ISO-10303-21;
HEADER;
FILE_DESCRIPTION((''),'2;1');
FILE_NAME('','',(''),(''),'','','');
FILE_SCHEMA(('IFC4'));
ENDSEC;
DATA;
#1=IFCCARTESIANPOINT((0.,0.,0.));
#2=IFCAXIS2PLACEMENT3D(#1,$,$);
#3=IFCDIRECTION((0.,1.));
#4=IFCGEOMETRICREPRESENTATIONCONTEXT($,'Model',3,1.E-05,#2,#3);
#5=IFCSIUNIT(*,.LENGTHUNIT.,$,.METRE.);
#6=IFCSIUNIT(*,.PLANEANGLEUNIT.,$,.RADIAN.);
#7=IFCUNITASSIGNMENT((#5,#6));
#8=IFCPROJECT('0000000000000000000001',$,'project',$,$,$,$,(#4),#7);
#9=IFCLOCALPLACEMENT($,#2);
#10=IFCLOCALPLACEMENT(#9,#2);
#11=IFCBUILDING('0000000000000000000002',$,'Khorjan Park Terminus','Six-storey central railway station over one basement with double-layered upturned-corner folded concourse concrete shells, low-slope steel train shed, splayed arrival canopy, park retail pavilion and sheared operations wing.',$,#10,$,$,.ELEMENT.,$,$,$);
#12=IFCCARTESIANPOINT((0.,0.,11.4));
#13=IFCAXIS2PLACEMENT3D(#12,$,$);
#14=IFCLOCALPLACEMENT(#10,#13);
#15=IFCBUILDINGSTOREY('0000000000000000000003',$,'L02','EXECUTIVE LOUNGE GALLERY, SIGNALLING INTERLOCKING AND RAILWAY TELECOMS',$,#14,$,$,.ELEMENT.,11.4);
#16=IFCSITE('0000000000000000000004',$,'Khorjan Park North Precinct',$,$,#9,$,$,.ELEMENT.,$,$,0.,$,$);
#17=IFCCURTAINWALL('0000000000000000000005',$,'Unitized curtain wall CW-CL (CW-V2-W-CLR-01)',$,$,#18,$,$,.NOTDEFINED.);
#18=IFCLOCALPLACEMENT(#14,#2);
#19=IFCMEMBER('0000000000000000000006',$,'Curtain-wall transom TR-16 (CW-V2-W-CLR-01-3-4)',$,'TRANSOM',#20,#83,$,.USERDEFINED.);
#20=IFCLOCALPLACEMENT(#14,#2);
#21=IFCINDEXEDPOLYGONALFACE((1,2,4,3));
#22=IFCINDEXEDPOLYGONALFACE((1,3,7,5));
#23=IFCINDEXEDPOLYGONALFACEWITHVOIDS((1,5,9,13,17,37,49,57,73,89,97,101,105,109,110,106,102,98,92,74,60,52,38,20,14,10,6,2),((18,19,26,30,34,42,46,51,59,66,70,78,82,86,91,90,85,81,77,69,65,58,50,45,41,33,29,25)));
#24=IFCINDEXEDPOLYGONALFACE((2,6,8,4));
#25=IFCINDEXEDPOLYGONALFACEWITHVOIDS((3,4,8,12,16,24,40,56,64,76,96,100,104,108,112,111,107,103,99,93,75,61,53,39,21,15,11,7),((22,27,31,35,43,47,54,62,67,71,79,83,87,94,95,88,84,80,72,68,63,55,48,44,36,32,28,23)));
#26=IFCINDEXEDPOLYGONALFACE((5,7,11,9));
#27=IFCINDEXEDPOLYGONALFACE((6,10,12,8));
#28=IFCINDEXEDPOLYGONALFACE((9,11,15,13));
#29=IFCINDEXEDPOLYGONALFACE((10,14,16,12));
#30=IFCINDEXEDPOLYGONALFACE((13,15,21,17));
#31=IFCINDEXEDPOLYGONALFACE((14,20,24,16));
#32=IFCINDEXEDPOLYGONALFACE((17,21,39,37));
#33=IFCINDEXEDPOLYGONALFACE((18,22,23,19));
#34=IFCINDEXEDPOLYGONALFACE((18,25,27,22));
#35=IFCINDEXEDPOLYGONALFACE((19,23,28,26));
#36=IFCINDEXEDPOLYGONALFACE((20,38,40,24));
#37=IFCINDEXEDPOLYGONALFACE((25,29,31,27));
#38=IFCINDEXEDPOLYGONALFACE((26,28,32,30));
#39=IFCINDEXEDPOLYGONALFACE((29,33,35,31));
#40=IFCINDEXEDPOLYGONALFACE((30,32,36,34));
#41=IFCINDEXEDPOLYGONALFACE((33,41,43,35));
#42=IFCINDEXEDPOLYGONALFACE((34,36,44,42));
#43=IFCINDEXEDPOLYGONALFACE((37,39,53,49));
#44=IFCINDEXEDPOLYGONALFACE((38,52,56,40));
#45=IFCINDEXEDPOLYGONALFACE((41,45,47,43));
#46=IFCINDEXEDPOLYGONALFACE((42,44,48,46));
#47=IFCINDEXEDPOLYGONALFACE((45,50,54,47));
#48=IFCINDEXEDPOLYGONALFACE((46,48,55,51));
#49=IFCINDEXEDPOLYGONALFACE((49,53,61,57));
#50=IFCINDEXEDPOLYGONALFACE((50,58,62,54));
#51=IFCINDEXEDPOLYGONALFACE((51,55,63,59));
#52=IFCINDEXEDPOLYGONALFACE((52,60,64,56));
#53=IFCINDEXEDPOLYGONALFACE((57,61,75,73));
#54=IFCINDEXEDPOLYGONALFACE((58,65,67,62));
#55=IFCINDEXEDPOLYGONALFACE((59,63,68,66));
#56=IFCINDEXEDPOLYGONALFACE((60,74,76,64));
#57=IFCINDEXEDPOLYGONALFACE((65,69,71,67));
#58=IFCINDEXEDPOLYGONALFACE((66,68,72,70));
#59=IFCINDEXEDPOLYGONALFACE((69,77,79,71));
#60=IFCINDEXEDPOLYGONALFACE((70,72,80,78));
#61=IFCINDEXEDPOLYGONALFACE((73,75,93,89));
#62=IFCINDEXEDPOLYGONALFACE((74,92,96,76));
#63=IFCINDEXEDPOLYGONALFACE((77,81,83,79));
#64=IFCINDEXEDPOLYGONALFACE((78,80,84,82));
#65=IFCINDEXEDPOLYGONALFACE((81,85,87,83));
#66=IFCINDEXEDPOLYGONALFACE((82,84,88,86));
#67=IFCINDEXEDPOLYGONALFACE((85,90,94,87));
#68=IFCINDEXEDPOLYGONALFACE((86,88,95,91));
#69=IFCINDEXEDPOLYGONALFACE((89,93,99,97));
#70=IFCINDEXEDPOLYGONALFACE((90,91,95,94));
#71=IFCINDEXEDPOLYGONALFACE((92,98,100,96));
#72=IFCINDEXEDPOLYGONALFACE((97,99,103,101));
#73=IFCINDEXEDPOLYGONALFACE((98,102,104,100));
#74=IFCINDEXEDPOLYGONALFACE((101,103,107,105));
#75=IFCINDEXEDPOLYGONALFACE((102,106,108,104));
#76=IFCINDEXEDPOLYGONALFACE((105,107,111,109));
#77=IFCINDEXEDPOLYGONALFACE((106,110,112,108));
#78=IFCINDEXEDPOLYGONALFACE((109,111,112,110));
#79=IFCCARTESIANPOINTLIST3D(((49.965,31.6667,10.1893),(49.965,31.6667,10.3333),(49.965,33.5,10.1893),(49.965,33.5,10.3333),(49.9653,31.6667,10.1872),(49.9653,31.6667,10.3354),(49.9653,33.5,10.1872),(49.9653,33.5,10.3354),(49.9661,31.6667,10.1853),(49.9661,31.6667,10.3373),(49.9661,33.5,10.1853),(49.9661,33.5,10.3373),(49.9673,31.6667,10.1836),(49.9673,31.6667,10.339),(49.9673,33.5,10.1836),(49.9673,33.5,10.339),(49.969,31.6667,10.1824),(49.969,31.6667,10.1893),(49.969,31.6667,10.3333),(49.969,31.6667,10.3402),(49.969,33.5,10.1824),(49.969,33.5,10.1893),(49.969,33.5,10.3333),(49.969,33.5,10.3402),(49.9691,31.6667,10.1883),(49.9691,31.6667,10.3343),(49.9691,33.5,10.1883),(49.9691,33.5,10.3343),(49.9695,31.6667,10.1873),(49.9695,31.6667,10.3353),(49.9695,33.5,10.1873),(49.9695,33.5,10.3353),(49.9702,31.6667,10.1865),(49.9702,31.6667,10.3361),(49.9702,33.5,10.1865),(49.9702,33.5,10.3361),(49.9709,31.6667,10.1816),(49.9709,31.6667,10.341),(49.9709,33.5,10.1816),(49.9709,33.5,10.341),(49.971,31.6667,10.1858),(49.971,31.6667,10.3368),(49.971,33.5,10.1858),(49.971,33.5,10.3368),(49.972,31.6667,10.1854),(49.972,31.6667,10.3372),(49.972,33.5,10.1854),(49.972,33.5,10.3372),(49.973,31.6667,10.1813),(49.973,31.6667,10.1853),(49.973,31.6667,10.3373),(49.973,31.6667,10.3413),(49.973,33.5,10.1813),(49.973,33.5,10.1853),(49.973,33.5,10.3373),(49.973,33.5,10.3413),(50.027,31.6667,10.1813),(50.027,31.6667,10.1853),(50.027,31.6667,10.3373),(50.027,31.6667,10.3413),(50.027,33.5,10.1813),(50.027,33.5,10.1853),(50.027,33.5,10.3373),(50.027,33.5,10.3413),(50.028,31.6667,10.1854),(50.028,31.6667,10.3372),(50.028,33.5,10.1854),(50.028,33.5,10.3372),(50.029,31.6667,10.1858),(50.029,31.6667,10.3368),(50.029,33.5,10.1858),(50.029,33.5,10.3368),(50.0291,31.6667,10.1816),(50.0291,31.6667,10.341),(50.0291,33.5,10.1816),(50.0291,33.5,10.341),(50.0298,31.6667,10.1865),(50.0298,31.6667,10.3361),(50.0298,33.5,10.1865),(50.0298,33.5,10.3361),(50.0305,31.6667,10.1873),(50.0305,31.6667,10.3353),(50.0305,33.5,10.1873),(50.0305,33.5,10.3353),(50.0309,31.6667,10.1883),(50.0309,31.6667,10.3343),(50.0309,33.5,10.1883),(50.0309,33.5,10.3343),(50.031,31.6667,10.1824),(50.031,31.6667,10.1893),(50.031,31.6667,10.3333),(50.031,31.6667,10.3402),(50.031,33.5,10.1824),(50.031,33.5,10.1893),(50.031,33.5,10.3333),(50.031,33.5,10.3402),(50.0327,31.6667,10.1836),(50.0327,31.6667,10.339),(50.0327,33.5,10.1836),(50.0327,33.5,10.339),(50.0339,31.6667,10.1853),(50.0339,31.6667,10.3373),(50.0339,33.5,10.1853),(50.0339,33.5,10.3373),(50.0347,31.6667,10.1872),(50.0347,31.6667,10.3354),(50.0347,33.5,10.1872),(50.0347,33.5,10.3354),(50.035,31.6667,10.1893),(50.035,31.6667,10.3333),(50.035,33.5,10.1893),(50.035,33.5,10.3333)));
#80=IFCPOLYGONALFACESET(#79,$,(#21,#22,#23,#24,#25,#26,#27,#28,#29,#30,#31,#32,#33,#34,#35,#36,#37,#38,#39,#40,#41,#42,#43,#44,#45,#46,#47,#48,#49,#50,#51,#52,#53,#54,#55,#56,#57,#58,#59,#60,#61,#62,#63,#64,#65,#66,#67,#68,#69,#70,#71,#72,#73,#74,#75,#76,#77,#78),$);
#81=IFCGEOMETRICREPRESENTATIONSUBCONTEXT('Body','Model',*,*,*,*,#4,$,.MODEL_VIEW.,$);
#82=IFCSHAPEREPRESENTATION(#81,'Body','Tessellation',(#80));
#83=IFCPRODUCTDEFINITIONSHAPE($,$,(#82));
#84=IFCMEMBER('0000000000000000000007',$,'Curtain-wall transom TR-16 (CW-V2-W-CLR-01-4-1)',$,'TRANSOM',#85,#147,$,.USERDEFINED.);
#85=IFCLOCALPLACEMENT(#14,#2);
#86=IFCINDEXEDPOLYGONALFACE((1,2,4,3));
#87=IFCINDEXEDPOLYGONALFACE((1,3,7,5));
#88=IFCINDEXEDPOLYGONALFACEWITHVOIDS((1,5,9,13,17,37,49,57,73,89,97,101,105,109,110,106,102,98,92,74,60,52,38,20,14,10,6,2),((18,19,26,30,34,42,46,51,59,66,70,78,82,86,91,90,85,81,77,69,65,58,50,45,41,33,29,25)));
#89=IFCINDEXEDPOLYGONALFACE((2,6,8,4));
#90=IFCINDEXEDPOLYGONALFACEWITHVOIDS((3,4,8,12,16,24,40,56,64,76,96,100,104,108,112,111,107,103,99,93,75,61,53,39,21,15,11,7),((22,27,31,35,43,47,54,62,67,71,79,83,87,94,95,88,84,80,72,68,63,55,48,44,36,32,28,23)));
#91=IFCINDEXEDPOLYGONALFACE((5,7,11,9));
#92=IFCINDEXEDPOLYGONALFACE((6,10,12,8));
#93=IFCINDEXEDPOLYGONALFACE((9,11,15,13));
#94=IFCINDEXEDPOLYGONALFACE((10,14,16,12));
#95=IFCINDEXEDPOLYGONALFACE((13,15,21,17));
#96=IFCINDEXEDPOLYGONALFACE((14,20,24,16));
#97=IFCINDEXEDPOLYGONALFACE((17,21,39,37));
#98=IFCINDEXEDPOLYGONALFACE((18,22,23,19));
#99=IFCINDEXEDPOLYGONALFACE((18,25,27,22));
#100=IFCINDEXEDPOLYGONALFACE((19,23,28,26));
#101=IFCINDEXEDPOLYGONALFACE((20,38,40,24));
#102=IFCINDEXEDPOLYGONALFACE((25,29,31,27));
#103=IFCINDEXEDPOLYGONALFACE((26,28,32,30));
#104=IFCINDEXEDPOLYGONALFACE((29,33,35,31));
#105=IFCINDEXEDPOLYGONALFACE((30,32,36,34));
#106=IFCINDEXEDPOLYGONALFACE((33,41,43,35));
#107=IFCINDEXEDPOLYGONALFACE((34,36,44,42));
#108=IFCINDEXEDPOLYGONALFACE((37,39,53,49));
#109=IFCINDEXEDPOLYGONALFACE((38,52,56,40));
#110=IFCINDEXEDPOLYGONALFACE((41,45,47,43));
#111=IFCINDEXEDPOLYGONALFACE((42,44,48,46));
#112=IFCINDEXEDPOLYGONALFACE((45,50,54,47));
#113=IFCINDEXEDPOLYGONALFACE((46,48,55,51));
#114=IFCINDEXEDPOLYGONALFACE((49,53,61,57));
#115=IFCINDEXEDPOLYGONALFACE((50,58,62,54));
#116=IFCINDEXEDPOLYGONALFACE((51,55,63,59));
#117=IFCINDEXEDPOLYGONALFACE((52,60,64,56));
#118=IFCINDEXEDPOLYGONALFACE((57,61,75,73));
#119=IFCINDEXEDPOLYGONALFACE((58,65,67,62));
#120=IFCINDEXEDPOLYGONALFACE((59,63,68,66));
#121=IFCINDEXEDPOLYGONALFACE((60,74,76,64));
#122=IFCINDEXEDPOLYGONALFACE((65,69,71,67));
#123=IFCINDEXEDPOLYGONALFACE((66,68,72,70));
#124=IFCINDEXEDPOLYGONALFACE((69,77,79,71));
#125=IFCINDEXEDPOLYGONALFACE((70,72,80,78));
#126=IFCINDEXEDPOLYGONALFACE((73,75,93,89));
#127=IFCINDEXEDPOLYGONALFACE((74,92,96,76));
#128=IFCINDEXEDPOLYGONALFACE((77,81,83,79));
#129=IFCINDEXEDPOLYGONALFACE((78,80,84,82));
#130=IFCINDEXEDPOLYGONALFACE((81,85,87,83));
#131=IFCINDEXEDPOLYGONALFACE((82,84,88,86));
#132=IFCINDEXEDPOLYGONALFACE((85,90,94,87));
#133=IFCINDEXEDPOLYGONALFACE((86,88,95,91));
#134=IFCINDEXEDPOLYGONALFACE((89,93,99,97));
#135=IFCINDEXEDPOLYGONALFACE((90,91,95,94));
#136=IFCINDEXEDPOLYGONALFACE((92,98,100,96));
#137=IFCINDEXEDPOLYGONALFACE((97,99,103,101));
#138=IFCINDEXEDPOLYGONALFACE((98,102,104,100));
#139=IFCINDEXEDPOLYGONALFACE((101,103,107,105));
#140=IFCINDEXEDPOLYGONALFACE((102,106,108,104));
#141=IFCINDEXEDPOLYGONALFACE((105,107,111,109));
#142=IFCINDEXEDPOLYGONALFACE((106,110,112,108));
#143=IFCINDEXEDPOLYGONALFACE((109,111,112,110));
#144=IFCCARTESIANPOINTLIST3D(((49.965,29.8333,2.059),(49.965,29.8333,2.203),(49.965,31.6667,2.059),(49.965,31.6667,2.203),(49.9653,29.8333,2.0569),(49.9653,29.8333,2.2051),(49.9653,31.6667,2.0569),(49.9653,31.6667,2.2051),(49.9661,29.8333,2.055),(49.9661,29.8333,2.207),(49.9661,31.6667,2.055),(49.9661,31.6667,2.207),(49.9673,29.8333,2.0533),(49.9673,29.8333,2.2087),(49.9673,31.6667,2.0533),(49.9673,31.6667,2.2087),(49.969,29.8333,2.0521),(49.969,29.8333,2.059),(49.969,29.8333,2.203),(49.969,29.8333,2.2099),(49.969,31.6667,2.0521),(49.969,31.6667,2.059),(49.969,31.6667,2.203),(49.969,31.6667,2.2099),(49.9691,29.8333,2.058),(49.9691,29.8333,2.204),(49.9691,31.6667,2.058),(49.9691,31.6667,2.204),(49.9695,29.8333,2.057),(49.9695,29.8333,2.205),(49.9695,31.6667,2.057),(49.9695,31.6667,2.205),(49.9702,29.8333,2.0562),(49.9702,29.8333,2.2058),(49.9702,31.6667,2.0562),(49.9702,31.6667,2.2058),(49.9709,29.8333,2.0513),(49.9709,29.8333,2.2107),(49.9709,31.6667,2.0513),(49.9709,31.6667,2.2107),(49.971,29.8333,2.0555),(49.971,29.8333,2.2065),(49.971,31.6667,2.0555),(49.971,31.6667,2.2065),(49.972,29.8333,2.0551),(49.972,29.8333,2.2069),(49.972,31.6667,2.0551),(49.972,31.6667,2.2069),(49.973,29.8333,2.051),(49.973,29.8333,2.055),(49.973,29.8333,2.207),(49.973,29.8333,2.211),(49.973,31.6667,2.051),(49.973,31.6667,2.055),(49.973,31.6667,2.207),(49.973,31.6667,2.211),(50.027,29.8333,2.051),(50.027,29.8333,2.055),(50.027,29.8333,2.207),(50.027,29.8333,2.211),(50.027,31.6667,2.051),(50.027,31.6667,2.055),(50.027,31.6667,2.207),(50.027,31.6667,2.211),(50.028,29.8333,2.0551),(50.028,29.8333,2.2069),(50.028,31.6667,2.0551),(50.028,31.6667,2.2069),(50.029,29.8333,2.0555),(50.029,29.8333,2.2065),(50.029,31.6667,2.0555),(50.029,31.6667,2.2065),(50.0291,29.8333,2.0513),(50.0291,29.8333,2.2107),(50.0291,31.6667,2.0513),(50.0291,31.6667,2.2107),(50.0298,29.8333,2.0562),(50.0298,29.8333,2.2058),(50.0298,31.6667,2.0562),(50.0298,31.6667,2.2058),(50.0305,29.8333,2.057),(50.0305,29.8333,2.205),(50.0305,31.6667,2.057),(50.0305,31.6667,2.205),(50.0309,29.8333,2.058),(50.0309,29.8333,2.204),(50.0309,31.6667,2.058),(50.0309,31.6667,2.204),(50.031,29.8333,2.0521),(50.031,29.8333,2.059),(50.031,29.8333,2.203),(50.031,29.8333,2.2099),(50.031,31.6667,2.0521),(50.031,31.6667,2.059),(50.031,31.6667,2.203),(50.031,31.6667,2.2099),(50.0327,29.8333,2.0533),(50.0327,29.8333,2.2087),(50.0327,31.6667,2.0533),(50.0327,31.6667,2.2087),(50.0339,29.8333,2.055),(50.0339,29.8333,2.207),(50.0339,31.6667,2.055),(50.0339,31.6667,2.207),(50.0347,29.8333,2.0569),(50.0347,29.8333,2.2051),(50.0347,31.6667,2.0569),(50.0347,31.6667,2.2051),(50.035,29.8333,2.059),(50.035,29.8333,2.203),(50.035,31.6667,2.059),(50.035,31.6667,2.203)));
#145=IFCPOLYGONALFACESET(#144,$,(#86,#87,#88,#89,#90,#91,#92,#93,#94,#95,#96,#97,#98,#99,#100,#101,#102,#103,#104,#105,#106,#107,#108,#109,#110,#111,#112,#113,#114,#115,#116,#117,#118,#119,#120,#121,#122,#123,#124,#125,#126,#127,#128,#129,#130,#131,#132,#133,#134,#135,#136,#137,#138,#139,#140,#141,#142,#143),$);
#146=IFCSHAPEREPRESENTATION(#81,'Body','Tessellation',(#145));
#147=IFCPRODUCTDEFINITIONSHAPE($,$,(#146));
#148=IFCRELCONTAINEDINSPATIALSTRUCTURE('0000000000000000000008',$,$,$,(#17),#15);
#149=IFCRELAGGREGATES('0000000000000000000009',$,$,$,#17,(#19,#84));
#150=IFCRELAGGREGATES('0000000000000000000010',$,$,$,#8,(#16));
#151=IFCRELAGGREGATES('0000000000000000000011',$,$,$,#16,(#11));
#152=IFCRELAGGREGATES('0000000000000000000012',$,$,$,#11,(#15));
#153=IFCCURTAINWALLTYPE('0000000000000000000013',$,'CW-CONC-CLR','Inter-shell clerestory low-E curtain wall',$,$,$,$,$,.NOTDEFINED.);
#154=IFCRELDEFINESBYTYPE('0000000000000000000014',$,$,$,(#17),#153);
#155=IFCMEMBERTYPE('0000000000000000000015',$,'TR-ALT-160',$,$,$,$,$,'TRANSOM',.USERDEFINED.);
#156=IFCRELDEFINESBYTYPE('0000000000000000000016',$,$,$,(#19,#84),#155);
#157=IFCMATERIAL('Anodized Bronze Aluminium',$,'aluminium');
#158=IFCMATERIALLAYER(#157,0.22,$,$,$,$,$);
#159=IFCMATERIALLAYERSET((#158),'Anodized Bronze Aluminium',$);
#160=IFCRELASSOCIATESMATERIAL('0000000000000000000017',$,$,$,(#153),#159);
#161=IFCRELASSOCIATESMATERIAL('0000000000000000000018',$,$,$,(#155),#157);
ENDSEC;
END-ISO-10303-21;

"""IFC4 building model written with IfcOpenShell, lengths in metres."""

from ifc_helpers import new_model, si_unit, direction, frame, origin, origin_2d, place, context, subcontext, project, spatial, hollow_rectangle, extrude, material, layer, layer_set, material_profile, profile_set, type_object, element, aggregate, save


model = new_model("IFC4")

# Units and contexts
model_context = context("Model", 3, precision=1e-05, world=origin(), true_north=direction((0.0, 1.0)))
body_context = subcontext(model_context, "Body", "Model", "MODEL_VIEW")
ifc_project = project(units=[si_unit("LENGTHUNIT", "METRE"), si_unit("PLANEANGLEUNIT", "RADIAN")], contexts=[model_context])

# Site, building, storey
site_placement = place(None, origin())
site = spatial("IfcSite", under=ifc_project, at=site_placement, Name="Khorjan Park North Precinct", CompositionType="ELEMENT", RefElevation=0.0)
building_placement = place(site_placement, origin())
building = spatial("IfcBuilding", under=site, at=building_placement, Name="Khorjan Park Terminus", Description="Six-storey central railway station over one basement with double-layered upturned-corner folded concourse concrete shells, low-slope steel train shed, splayed arrival canopy, park retail pavilion and sheared operations wing.", CompositionType="ELEMENT")
storey_placement = place(building_placement, frame((0.0, 0.0, 11.4)))
storey = spatial("IfcBuildingStorey", under=building, at=storey_placement, Name="L02", Description="EXECUTIVE LOUNGE GALLERY, SIGNALLING INTERLOCKING AND RAILWAY TELECOMS", CompositionType="ELEMENT", Elevation=11.4)

# Curtain wall
ifc_material_1 = material(Name="Anodized Bronze Aluminium", Category="aluminium")
ifc_layer_1 = layer(ifc_material_1, 0.22)
ifc_layer_set_1 = layer_set([ifc_layer_1], Name="Anodized Bronze Aluminium")
curtain_wall_type = type_object("IfcCurtainWallType", Name="CW-CONC-CLR", Description="Inter-shell clerestory low-E curtain wall", PredefinedType="NOTDEFINED", material=ifc_layer_set_1)
curtain_wall_placement = place(storey_placement, origin())
curtain_wall = element("IfcCurtainWall", 1, at=curtain_wall_placement, inside=storey, type_object=curtain_wall_type, Name="Unitized curtain wall CW-CL (CW-V2-W-CLR-01)", PredefinedType="NOTDEFINED")

# Members
ifc_material_profile_1 = material_profile(ifc_material_1, hollow_rectangle(XDim=0.07, YDim=0.16, WallThickness=0.004, InnerFilletRadius=0.004, OuterFilletRadius=0.008, at=origin_2d()), Name="ALT 70x160x4")
ifc_profile_set_1 = profile_set([ifc_material_profile_1], Name="Anodized Bronze Aluminium")
member_type_1 = type_object("IfcMemberType", Name="TR-ALT-160", ElementType="TRANSOM", PredefinedType="USERDEFINED", material=ifc_profile_set_1)
member_1_placement = place(storey_placement, frame((50.0, 33.5, 10.2613), z_axis=(0.0, -1.0, 0.0), x_axis=(1.0, 0.0, 0.0)))
member_1 = element("IfcMember", 2, at=member_1_placement, type_object=member_type_1, Name="Curtain-wall transom TR-16 (CW-V2-W-CLR-01-3-4)", ObjectType="TRANSOM", PredefinedType="USERDEFINED", context=body_context, shape_type="SweptSolid", body=[
    extrude(hollow_rectangle(XDim=0.07, YDim=0.16, WallThickness=0.004, InnerFilletRadius=0.004, OuterFilletRadius=0.008, at=origin_2d()), origin(), (0.0, 0.0, 1.0), 1.8333),
])
member_2_placement = place(storey_placement, frame((50.0, 31.6667, 2.131), z_axis=(0.0, -1.0, 0.0), x_axis=(1.0, 0.0, 0.0)))
member_2 = element("IfcMember", 3, at=member_2_placement, type_object=member_type_1, Name="Curtain-wall transom TR-16 (CW-V2-W-CLR-01-4-1)", ObjectType="TRANSOM", PredefinedType="USERDEFINED", context=body_context, shape_type="SweptSolid", body=[
    extrude(hollow_rectangle(XDim=0.07, YDim=0.16, WallThickness=0.004, InnerFilletRadius=0.004, OuterFilletRadius=0.008, at=origin_2d()), origin(), (0.0, 0.0, 1.0), 1.8334),
])

aggregate(curtain_wall, [member_1, member_2])

save(model, "model.ifc")
